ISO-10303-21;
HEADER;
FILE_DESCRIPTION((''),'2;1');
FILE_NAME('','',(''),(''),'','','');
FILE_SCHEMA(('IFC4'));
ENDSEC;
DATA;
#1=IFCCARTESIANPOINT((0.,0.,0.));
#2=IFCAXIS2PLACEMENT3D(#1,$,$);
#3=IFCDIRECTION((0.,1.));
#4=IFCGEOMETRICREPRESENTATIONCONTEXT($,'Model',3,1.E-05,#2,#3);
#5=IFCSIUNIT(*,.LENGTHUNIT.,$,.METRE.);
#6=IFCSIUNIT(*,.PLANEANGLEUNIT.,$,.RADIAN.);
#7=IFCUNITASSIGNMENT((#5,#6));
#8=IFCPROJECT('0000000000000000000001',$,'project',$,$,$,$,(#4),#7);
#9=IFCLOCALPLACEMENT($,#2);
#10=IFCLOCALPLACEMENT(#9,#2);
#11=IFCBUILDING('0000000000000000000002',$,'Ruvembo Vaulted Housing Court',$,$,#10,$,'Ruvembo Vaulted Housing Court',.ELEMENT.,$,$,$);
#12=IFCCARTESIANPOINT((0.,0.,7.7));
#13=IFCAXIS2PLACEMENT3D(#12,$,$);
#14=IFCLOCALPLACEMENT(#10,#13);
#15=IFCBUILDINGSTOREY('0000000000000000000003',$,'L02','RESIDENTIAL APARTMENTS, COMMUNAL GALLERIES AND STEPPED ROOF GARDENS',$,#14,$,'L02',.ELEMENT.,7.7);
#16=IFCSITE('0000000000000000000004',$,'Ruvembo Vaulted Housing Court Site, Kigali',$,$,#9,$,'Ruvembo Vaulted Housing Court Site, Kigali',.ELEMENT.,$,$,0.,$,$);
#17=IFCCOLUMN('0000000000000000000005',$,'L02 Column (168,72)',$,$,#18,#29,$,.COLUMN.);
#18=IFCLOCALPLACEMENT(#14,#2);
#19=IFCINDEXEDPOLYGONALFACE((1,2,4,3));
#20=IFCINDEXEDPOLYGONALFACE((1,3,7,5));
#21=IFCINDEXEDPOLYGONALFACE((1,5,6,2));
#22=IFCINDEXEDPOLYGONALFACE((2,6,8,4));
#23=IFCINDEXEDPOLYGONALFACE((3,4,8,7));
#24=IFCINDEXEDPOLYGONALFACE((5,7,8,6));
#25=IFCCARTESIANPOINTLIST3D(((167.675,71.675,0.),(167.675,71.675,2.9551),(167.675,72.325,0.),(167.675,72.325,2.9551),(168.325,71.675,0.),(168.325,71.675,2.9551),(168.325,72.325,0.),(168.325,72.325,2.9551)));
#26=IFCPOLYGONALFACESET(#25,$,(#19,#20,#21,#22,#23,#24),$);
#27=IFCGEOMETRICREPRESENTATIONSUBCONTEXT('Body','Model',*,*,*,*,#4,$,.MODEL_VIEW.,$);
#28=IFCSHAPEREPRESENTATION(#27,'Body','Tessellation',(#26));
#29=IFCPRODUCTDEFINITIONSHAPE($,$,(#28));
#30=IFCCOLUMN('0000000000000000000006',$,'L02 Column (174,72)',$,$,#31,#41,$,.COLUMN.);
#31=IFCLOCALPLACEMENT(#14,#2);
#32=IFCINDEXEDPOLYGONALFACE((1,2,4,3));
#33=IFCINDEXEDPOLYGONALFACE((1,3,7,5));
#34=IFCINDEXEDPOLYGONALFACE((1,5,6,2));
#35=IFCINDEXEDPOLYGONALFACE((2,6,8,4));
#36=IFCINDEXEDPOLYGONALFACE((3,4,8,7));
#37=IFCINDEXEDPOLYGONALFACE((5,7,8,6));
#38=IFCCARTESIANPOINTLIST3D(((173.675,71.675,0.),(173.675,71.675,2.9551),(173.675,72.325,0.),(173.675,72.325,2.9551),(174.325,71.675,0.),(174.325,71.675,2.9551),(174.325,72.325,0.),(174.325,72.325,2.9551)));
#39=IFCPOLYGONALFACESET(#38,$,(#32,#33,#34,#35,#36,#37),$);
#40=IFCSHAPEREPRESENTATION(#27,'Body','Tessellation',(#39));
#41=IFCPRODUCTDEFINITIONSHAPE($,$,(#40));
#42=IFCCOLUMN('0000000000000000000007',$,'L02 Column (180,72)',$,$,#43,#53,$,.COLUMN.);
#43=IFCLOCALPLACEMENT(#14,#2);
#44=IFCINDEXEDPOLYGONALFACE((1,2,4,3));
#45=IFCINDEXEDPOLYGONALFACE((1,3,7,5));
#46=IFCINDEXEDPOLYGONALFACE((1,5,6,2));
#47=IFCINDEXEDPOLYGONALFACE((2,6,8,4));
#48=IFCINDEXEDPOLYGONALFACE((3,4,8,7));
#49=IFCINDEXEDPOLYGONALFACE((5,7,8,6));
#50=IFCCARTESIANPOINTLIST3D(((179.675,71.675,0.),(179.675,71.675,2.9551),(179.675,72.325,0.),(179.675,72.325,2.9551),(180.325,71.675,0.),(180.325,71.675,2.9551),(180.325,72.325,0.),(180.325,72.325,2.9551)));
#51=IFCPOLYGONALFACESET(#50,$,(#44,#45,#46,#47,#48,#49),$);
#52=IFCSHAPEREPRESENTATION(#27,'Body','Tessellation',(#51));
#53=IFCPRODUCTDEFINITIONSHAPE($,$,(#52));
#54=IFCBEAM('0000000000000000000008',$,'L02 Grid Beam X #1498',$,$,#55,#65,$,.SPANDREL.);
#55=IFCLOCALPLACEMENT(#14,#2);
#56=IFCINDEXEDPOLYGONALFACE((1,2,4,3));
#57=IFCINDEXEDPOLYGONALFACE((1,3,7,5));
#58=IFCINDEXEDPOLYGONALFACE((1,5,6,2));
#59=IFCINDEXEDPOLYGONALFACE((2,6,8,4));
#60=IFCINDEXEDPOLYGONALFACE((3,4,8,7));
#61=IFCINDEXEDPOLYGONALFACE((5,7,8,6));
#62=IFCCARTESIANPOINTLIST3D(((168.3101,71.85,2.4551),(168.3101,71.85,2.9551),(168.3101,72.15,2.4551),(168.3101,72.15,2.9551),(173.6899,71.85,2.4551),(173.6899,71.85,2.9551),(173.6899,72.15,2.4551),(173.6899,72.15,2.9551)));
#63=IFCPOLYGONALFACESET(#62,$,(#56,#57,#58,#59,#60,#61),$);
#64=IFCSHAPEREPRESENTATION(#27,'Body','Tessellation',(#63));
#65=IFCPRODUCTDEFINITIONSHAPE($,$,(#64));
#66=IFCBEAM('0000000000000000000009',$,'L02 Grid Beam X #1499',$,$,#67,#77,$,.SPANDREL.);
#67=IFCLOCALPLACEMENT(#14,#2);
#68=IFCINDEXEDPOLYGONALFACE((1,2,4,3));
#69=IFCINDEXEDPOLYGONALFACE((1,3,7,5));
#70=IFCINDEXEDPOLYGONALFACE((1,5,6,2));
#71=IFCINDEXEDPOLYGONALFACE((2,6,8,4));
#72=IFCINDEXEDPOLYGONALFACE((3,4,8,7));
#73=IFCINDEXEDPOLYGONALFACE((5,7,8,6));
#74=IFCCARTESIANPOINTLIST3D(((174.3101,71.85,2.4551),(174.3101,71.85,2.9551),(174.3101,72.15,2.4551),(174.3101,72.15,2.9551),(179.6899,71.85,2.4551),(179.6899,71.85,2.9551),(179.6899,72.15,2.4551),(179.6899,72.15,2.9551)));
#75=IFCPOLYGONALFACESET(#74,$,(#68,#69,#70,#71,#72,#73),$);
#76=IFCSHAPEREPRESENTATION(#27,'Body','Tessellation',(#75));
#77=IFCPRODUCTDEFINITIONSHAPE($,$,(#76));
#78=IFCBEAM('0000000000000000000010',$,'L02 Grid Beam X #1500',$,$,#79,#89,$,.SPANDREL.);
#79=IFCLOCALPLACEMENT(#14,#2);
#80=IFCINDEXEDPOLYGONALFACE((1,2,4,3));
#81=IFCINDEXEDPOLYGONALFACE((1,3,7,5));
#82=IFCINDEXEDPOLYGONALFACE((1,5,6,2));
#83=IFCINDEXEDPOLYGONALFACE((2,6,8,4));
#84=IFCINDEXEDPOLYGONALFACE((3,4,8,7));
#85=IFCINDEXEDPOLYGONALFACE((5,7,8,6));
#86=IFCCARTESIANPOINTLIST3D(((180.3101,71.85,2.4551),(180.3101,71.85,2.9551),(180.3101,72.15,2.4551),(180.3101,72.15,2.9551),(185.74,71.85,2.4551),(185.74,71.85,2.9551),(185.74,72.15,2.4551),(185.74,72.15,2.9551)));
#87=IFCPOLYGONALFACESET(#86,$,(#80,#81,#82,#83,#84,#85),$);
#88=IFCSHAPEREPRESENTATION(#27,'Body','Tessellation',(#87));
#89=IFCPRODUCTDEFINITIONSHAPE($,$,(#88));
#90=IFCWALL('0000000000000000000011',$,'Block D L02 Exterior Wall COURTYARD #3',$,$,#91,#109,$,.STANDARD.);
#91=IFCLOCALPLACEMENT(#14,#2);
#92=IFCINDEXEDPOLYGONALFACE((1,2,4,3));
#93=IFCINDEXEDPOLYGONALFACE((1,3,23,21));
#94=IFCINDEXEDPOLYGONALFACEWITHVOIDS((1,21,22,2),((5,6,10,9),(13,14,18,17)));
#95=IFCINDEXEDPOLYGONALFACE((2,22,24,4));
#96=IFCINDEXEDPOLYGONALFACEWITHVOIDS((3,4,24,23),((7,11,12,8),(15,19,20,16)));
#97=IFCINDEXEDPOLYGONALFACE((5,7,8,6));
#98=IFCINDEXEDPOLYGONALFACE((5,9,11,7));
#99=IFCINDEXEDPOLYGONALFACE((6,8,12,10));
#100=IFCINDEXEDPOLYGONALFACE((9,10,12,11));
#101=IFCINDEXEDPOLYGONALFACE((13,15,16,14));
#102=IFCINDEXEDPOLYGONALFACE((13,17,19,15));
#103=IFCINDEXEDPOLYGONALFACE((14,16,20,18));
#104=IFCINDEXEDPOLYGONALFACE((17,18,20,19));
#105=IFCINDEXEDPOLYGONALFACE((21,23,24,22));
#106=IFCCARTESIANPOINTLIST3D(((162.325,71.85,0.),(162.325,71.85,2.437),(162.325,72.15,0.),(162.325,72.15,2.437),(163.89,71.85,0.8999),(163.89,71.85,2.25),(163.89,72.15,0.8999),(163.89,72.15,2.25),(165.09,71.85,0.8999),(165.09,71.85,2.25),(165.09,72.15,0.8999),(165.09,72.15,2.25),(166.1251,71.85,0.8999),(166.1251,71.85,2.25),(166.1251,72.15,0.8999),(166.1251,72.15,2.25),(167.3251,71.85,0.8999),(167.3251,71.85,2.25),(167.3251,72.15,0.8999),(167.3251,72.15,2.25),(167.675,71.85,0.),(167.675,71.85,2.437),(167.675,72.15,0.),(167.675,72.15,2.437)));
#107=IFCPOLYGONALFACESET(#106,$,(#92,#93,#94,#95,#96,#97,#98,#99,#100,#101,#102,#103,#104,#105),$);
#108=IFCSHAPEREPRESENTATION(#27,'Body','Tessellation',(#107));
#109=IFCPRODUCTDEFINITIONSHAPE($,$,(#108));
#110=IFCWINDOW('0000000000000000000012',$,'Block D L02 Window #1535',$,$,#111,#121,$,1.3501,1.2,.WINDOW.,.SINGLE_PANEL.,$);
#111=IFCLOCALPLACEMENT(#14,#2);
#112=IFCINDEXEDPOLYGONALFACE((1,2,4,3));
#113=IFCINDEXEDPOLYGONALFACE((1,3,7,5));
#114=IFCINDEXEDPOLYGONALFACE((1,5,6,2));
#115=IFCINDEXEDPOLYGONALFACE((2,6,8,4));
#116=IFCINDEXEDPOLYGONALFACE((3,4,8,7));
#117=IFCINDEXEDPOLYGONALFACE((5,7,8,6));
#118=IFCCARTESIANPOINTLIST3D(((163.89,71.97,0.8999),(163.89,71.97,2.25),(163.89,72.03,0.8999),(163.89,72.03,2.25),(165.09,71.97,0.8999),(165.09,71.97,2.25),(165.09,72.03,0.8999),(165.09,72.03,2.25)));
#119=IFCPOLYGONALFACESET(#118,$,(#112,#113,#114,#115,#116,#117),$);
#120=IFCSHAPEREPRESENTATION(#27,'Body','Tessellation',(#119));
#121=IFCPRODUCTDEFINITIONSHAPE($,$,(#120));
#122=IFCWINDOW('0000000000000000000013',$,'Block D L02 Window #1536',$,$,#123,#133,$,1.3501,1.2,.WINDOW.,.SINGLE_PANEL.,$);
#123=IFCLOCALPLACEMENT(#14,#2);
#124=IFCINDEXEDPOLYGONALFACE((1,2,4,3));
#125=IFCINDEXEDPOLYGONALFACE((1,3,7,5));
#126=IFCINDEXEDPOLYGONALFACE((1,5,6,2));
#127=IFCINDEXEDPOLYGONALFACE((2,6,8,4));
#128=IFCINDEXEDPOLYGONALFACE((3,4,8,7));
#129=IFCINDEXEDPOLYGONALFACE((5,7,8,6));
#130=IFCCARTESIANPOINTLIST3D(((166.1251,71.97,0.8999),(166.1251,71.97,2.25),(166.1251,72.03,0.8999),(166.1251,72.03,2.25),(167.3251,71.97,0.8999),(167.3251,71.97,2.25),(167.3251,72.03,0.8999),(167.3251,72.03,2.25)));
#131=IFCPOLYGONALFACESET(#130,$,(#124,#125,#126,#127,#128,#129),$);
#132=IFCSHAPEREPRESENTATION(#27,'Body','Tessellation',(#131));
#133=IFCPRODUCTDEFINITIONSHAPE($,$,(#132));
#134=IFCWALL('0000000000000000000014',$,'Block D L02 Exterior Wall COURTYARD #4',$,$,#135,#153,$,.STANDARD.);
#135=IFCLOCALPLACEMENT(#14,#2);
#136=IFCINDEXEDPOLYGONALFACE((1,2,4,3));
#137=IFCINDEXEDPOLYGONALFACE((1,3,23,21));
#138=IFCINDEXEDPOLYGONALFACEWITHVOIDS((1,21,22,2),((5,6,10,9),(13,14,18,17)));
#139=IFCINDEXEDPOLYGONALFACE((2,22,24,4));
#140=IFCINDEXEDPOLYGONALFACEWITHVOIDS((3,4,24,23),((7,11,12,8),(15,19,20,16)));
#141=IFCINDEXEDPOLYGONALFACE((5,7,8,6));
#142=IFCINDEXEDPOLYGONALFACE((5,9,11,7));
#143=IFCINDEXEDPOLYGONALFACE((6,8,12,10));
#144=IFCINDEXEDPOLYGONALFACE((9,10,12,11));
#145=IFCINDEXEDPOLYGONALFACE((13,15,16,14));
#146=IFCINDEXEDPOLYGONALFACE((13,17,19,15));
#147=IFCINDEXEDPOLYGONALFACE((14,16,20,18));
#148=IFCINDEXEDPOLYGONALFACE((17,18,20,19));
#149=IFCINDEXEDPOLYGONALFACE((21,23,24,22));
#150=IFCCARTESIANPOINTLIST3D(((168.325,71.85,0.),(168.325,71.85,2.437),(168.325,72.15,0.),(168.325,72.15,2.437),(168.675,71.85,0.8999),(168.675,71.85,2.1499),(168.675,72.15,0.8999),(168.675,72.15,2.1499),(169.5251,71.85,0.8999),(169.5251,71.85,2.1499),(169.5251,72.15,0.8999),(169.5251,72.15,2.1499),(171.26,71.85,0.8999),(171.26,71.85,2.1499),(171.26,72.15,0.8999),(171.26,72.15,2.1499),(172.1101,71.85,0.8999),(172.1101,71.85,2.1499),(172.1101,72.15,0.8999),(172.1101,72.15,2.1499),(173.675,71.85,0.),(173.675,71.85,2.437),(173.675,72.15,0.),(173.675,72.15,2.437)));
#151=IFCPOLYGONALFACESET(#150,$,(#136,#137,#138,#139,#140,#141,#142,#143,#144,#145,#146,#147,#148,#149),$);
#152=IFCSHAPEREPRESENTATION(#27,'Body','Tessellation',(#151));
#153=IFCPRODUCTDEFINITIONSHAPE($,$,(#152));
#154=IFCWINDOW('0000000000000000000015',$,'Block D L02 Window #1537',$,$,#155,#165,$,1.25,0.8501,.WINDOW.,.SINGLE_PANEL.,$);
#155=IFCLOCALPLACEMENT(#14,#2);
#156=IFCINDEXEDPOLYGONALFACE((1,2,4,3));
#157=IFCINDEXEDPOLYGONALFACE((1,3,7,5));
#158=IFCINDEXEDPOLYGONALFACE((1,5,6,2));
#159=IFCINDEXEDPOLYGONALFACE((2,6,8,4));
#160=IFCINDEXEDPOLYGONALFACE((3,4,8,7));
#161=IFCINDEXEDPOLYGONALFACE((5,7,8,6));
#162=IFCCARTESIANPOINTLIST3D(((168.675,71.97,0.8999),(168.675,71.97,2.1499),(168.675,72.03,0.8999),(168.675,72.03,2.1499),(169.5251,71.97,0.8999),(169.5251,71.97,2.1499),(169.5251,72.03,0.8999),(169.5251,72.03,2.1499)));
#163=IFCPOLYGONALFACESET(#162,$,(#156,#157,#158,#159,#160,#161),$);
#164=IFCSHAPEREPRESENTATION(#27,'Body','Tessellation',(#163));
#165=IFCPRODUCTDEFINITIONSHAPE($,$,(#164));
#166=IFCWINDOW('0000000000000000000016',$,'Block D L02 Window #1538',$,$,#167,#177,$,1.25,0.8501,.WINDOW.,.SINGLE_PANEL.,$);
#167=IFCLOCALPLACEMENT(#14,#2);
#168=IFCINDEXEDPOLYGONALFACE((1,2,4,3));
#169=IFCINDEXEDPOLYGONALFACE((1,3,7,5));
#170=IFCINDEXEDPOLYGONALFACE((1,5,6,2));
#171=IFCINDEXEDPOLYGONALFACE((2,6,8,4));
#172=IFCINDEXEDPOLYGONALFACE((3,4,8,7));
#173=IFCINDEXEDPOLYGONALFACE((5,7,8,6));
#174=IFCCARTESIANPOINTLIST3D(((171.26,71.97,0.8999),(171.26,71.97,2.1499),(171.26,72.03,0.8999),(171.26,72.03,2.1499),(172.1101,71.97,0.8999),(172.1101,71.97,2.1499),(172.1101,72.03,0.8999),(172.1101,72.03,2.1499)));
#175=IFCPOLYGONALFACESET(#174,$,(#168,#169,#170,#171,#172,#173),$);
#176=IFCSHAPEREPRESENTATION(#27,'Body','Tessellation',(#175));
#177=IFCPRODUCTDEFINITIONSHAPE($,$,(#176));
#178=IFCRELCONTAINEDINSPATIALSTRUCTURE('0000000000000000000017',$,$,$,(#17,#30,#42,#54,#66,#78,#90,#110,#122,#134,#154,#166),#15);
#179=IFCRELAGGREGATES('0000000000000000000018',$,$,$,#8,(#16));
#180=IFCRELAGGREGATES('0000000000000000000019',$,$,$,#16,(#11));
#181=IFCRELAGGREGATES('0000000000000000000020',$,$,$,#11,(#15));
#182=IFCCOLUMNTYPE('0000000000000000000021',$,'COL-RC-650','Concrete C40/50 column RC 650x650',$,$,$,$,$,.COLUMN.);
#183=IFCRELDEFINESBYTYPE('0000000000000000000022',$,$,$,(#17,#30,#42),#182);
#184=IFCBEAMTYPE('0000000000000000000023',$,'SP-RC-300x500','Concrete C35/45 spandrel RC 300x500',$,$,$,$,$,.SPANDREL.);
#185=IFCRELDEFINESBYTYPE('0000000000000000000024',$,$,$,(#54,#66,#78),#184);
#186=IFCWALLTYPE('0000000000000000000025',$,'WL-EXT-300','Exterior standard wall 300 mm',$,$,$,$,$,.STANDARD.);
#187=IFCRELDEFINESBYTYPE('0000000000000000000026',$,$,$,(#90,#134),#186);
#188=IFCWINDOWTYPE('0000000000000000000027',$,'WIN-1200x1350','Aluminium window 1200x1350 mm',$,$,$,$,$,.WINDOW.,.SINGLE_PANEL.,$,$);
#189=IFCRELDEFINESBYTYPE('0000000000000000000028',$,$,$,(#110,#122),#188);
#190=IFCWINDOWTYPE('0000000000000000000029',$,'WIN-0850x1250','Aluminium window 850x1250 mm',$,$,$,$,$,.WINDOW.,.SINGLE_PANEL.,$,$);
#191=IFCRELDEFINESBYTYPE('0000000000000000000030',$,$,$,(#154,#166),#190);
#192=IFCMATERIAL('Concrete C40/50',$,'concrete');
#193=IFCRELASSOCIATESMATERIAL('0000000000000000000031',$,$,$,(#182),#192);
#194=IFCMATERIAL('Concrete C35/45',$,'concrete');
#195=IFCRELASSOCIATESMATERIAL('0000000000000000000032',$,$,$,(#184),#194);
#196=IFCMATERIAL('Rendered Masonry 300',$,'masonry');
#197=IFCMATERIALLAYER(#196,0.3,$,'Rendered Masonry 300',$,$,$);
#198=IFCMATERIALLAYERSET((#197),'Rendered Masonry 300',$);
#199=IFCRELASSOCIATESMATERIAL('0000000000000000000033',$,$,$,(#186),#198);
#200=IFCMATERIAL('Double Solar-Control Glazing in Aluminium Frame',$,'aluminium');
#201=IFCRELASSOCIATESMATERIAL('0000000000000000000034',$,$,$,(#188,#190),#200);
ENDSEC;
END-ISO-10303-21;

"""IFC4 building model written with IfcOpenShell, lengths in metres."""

from ifc_helpers import new_model, si_unit, direction, frame, frame_2d, origin, origin_2d, place, context, subcontext, project, spatial, rectangle, extrude, material, layer, layer_set, material_profile, profile_set, type_object, element, fill, save


model = new_model("IFC4")

# Units and contexts
model_context = context("Model", 3, precision=1e-05, world=origin(), true_north=direction((0.0, 1.0)))
body_context = subcontext(model_context, "Body", "Model", "MODEL_VIEW")
ifc_project = project(units=[si_unit("LENGTHUNIT", "METRE"), si_unit("PLANEANGLEUNIT", "RADIAN")], contexts=[model_context])

# Site, building, storey
site_placement = place(None, origin())
site = spatial("IfcSite", under=ifc_project, at=site_placement, Name="Ruvembo Vaulted Housing Court Site, Kigali", LongName="Ruvembo Vaulted Housing Court Site, Kigali", CompositionType="ELEMENT", RefElevation=0.0)
building_placement = place(site_placement, origin())
building = spatial("IfcBuilding", under=site, at=building_placement, Name="Ruvembo Vaulted Housing Court", LongName="Ruvembo Vaulted Housing Court", CompositionType="ELEMENT")
storey_placement = place(building_placement, frame((0.0, 0.0, 7.7)))
storey = spatial("IfcBuildingStorey", under=building, at=storey_placement, Name="L02", Description="RESIDENTIAL APARTMENTS, COMMUNAL GALLERIES AND STEPPED ROOF GARDENS", LongName="L02", CompositionType="ELEMENT", Elevation=7.7)

# Columns
ifc_material_1 = material(Name="Concrete C40/50", Category="concrete")
ifc_material_profile_1 = material_profile(ifc_material_1, rectangle(XDim=0.6499, YDim=0.6499, at=origin_2d()), Name="RC 650x650")
ifc_profile_set_1 = profile_set([ifc_material_profile_1], Name="Concrete C40/50")
column_type = type_object("IfcColumnType", Name="COL-RC-650", Description="Concrete C40/50 column RC 650x650", PredefinedType="COLUMN", material=ifc_profile_set_1)
for number, where, z_axis, x_axis, name in (
    (1, (168.0, 72.0, 0.0), (0.0, 0.0, 1.0), (1.0, 0.0, 0.0), "L02 Column (168,72)"),
    (2, (174.0, 72.0, 0.0), (0.0, 0.0, 1.0), (1.0, 0.0, 0.0), "L02 Column (174,72)"),
    (3, (180.0, 72.0, 0.0), (0.0, 0.0, 1.0), (1.0, 0.0, 0.0), "L02 Column (180,72)"),
):
    element("IfcColumn", number, at=place(storey_placement, frame(where, z_axis=z_axis, x_axis=x_axis)), inside=storey, type_object=column_type, Name=name, PredefinedType="COLUMN", context=body_context, shape_type="SweptSolid", body=[
        extrude(rectangle(XDim=0.6499, YDim=0.6499, at=origin_2d()), origin(), (0.0, 0.0, 1.0), 2.9551),
    ])

# Beams
ifc_material_2 = material(Name="Concrete C35/45", Category="concrete")
ifc_material_profile_2 = material_profile(ifc_material_2, rectangle(XDim=0.3, YDim=0.5, at=origin_2d()), Name="RC 300x500")
ifc_profile_set_2 = profile_set([ifc_material_profile_2], Name="Concrete C35/45")
beam_type = type_object("IfcBeamType", Name="SP-RC-300x500", Description="Concrete C35/45 spandrel RC 300x500", PredefinedType="SPANDREL", material=ifc_profile_set_2)
for number, where, z_axis, x_axis, name in (
    (4, (168.3101, 72.0, 2.7051), (1.0, 0.0, 0.0), (0.0, 1.0, 0.0), "L02 Grid Beam X #1498"),
    (5, (174.3101, 72.0, 2.7051), (1.0, 0.0, 0.0), (0.0, 1.0, 0.0), "L02 Grid Beam X #1499"),
):
    element("IfcBeam", number, at=place(storey_placement, frame(where, z_axis=z_axis, x_axis=x_axis)), inside=storey, type_object=beam_type, Name=name, PredefinedType="SPANDREL", context=body_context, shape_type="SweptSolid", body=[
        extrude(rectangle(XDim=0.3, YDim=0.5, at=origin_2d()), origin(), (0.0, 0.0, 1.0), 5.3799),
    ])
beam_placement = place(storey_placement, frame((180.3101, 72.0, 2.7051), z_axis=(1.0, 0.0, 0.0), x_axis=(0.0, 1.0, 0.0)))
element("IfcBeam", 6, at=beam_placement, inside=storey, type_object=beam_type, Name="L02 Grid Beam X #1500", PredefinedType="SPANDREL", context=body_context, shape_type="SweptSolid", body=[
    extrude(rectangle(XDim=0.3, YDim=0.5, at=origin_2d()), origin(), (0.0, 0.0, 1.0), 5.4299),
])

# Walls, openings, windows
ifc_material_3 = material(Name="Rendered Masonry 300", Category="masonry")
ifc_layer = layer(ifc_material_3, 0.3, Name="Rendered Masonry 300")
ifc_layer_set = layer_set([ifc_layer], Name="Rendered Masonry 300")
wall_type = type_object("IfcWallType", Name="WL-EXT-300", Description="Exterior standard wall 300 mm", PredefinedType="STANDARD", material=ifc_layer_set)
wall_1_placement = place(storey_placement, frame((162.325, 72.0, 0.0), z_axis=(0.0, 0.0, 1.0), x_axis=(1.0, 0.0, 0.0)))
wall_1 = element("IfcWall", 7, at=wall_1_placement, inside=storey, type_object=wall_type, Name="Block D L02 Exterior Wall COURTYARD #3", PredefinedType="STANDARD", context=body_context, shape_type="SweptSolid", body=[
    extrude(rectangle(XDim=5.3501, YDim=0.3, at=frame_2d((2.675, 0.0))), origin(), (0.0, 0.0, 1.0), 2.437),
])
opening_1_placement = place(wall_1_placement, frame((1.5649, 0.0, 0.8999)))
opening_1 = element("IfcOpeningElement", 8, at=opening_1_placement, cuts=wall_1, PredefinedType="OPENING", context=body_context, shape_type="SweptSolid", body=[
    extrude(rectangle(XDim=1.2, YDim=1.3501, at=frame_2d((0.6001, 0.675))), frame((0.0, 0.1599, 0.0), z_axis=(0.0, -1.0, 0.0), x_axis=(1.0, 0.0, 0.0)), (0.0, 0.0, 1.0), 0.3201),
])
opening_2_placement = place(wall_1_placement, frame((3.8, 0.0, 0.8999)))
opening_2 = element("IfcOpeningElement", 9, at=opening_2_placement, cuts=wall_1, PredefinedType="OPENING", context=body_context, shape_type="SweptSolid", body=[
    extrude(rectangle(XDim=1.2, YDim=1.3501, at=frame_2d((0.6001, 0.675))), frame((0.0, 0.1599, 0.0), z_axis=(0.0, -1.0, 0.0), x_axis=(1.0, 0.0, 0.0)), (0.0, 0.0, 1.0), 0.3201),
])
ifc_material_4 = material(Name="Double Solar-Control Glazing in Aluminium Frame", Category="aluminium")
window_type_1 = type_object("IfcWindowType", Name="WIN-1200x1350", Description="Aluminium window 1200x1350 mm", PartitioningType="SINGLE_PANEL", PredefinedType="WINDOW", material=ifc_material_4)
window_1_placement = place(opening_1_placement, origin())
window_1 = element("IfcWindow", 10, at=window_1_placement, inside=storey, type_object=window_type_1, Name="Block D L02 Window #1535", OverallHeight=1.3501, OverallWidth=1.2, PartitioningType="SINGLE_PANEL", PredefinedType="WINDOW", context=body_context, shape_type="SweptSolid", body=[
    extrude(rectangle(XDim=1.2, YDim=1.3501, at=frame_2d((0.6001, 0.675))), frame((0.0, 0.03, 0.0), z_axis=(0.0, -1.0, 0.0), x_axis=(1.0, 0.0, 0.0)), (0.0, 0.0, 1.0), 0.0601),
])
fill(opening_1, window_1)
window_2_placement = place(opening_2_placement, origin())
window_2 = element("IfcWindow", 11, at=window_2_placement, inside=storey, type_object=window_type_1, Name="Block D L02 Window #1536", OverallHeight=1.3501, OverallWidth=1.2, PartitioningType="SINGLE_PANEL", PredefinedType="WINDOW", context=body_context, shape_type="SweptSolid", body=[
    extrude(rectangle(XDim=1.2, YDim=1.3501, at=frame_2d((0.6001, 0.675))), frame((0.0, 0.03, 0.0), z_axis=(0.0, -1.0, 0.0), x_axis=(1.0, 0.0, 0.0)), (0.0, 0.0, 1.0), 0.0601),
])
fill(opening_2, window_2)
wall_2_placement = place(storey_placement, frame((168.325, 72.0, 0.0), z_axis=(0.0, 0.0, 1.0), x_axis=(1.0, 0.0, 0.0)))
wall_2 = element("IfcWall", 12, at=wall_2_placement, inside=storey, type_object=wall_type, Name="Block D L02 Exterior Wall COURTYARD #4", PredefinedType="STANDARD", context=body_context, shape_type="SweptSolid", body=[
    extrude(rectangle(XDim=5.3501, YDim=0.3, at=frame_2d((2.675, 0.0))), origin(), (0.0, 0.0, 1.0), 2.437),
])
opening_3_placement = place(wall_2_placement, frame((0.3501, 0.0, 0.8999)))
opening_3 = element("IfcOpeningElement", 13, at=opening_3_placement, cuts=wall_2, PredefinedType="OPENING", context=body_context, shape_type="SweptSolid", body=[
    extrude(rectangle(XDim=0.8501, YDim=1.25, at=frame_2d((0.425, 0.625))), frame((0.0, 0.1599, 0.0), z_axis=(0.0, -1.0, 0.0), x_axis=(1.0, 0.0, 0.0)), (0.0, 0.0, 1.0), 0.3201),
])
opening_4_placement = place(wall_2_placement, frame((2.9351, 0.0, 0.8999)))
opening_4 = element("IfcOpeningElement", 14, at=opening_4_placement, cuts=wall_2, PredefinedType="OPENING", context=body_context, shape_type="SweptSolid", body=[
    extrude(rectangle(XDim=0.8501, YDim=1.25, at=frame_2d((0.425, 0.625))), frame((0.0, 0.1599, 0.0), z_axis=(0.0, -1.0, 0.0), x_axis=(1.0, 0.0, 0.0)), (0.0, 0.0, 1.0), 0.3201),
])
window_type_2 = type_object("IfcWindowType", Name="WIN-0850x1250", Description="Aluminium window 850x1250 mm", PartitioningType="SINGLE_PANEL", PredefinedType="WINDOW", material=ifc_material_4)
window_3_placement = place(opening_3_placement, origin())
window_3 = element("IfcWindow", 15, at=window_3_placement, inside=storey, type_object=window_type_2, Name="Block D L02 Window #1537", OverallHeight=1.25, OverallWidth=0.8501, PartitioningType="SINGLE_PANEL", PredefinedType="WINDOW", context=body_context, shape_type="SweptSolid", body=[
    extrude(rectangle(XDim=0.8501, YDim=1.25, at=frame_2d((0.425, 0.625))), frame((0.0, 0.03, 0.0), z_axis=(0.0, -1.0, 0.0), x_axis=(1.0, 0.0, 0.0)), (0.0, 0.0, 1.0), 0.0601),
])
fill(opening_3, window_3)
window_4_placement = place(opening_4_placement, origin())
window_4 = element("IfcWindow", 16, at=window_4_placement, inside=storey, type_object=window_type_2, Name="Block D L02 Window #1538", OverallHeight=1.25, OverallWidth=0.8501, PartitioningType="SINGLE_PANEL", PredefinedType="WINDOW", context=body_context, shape_type="SweptSolid", body=[
    extrude(rectangle(XDim=0.8501, YDim=1.25, at=frame_2d((0.425, 0.625))), frame((0.0, 0.03, 0.0), z_axis=(0.0, -1.0, 0.0), x_axis=(1.0, 0.0, 0.0)), (0.0, 0.0, 1.0), 0.0601),
])
fill(opening_4, window_4)

save(model, "model.ifc")
